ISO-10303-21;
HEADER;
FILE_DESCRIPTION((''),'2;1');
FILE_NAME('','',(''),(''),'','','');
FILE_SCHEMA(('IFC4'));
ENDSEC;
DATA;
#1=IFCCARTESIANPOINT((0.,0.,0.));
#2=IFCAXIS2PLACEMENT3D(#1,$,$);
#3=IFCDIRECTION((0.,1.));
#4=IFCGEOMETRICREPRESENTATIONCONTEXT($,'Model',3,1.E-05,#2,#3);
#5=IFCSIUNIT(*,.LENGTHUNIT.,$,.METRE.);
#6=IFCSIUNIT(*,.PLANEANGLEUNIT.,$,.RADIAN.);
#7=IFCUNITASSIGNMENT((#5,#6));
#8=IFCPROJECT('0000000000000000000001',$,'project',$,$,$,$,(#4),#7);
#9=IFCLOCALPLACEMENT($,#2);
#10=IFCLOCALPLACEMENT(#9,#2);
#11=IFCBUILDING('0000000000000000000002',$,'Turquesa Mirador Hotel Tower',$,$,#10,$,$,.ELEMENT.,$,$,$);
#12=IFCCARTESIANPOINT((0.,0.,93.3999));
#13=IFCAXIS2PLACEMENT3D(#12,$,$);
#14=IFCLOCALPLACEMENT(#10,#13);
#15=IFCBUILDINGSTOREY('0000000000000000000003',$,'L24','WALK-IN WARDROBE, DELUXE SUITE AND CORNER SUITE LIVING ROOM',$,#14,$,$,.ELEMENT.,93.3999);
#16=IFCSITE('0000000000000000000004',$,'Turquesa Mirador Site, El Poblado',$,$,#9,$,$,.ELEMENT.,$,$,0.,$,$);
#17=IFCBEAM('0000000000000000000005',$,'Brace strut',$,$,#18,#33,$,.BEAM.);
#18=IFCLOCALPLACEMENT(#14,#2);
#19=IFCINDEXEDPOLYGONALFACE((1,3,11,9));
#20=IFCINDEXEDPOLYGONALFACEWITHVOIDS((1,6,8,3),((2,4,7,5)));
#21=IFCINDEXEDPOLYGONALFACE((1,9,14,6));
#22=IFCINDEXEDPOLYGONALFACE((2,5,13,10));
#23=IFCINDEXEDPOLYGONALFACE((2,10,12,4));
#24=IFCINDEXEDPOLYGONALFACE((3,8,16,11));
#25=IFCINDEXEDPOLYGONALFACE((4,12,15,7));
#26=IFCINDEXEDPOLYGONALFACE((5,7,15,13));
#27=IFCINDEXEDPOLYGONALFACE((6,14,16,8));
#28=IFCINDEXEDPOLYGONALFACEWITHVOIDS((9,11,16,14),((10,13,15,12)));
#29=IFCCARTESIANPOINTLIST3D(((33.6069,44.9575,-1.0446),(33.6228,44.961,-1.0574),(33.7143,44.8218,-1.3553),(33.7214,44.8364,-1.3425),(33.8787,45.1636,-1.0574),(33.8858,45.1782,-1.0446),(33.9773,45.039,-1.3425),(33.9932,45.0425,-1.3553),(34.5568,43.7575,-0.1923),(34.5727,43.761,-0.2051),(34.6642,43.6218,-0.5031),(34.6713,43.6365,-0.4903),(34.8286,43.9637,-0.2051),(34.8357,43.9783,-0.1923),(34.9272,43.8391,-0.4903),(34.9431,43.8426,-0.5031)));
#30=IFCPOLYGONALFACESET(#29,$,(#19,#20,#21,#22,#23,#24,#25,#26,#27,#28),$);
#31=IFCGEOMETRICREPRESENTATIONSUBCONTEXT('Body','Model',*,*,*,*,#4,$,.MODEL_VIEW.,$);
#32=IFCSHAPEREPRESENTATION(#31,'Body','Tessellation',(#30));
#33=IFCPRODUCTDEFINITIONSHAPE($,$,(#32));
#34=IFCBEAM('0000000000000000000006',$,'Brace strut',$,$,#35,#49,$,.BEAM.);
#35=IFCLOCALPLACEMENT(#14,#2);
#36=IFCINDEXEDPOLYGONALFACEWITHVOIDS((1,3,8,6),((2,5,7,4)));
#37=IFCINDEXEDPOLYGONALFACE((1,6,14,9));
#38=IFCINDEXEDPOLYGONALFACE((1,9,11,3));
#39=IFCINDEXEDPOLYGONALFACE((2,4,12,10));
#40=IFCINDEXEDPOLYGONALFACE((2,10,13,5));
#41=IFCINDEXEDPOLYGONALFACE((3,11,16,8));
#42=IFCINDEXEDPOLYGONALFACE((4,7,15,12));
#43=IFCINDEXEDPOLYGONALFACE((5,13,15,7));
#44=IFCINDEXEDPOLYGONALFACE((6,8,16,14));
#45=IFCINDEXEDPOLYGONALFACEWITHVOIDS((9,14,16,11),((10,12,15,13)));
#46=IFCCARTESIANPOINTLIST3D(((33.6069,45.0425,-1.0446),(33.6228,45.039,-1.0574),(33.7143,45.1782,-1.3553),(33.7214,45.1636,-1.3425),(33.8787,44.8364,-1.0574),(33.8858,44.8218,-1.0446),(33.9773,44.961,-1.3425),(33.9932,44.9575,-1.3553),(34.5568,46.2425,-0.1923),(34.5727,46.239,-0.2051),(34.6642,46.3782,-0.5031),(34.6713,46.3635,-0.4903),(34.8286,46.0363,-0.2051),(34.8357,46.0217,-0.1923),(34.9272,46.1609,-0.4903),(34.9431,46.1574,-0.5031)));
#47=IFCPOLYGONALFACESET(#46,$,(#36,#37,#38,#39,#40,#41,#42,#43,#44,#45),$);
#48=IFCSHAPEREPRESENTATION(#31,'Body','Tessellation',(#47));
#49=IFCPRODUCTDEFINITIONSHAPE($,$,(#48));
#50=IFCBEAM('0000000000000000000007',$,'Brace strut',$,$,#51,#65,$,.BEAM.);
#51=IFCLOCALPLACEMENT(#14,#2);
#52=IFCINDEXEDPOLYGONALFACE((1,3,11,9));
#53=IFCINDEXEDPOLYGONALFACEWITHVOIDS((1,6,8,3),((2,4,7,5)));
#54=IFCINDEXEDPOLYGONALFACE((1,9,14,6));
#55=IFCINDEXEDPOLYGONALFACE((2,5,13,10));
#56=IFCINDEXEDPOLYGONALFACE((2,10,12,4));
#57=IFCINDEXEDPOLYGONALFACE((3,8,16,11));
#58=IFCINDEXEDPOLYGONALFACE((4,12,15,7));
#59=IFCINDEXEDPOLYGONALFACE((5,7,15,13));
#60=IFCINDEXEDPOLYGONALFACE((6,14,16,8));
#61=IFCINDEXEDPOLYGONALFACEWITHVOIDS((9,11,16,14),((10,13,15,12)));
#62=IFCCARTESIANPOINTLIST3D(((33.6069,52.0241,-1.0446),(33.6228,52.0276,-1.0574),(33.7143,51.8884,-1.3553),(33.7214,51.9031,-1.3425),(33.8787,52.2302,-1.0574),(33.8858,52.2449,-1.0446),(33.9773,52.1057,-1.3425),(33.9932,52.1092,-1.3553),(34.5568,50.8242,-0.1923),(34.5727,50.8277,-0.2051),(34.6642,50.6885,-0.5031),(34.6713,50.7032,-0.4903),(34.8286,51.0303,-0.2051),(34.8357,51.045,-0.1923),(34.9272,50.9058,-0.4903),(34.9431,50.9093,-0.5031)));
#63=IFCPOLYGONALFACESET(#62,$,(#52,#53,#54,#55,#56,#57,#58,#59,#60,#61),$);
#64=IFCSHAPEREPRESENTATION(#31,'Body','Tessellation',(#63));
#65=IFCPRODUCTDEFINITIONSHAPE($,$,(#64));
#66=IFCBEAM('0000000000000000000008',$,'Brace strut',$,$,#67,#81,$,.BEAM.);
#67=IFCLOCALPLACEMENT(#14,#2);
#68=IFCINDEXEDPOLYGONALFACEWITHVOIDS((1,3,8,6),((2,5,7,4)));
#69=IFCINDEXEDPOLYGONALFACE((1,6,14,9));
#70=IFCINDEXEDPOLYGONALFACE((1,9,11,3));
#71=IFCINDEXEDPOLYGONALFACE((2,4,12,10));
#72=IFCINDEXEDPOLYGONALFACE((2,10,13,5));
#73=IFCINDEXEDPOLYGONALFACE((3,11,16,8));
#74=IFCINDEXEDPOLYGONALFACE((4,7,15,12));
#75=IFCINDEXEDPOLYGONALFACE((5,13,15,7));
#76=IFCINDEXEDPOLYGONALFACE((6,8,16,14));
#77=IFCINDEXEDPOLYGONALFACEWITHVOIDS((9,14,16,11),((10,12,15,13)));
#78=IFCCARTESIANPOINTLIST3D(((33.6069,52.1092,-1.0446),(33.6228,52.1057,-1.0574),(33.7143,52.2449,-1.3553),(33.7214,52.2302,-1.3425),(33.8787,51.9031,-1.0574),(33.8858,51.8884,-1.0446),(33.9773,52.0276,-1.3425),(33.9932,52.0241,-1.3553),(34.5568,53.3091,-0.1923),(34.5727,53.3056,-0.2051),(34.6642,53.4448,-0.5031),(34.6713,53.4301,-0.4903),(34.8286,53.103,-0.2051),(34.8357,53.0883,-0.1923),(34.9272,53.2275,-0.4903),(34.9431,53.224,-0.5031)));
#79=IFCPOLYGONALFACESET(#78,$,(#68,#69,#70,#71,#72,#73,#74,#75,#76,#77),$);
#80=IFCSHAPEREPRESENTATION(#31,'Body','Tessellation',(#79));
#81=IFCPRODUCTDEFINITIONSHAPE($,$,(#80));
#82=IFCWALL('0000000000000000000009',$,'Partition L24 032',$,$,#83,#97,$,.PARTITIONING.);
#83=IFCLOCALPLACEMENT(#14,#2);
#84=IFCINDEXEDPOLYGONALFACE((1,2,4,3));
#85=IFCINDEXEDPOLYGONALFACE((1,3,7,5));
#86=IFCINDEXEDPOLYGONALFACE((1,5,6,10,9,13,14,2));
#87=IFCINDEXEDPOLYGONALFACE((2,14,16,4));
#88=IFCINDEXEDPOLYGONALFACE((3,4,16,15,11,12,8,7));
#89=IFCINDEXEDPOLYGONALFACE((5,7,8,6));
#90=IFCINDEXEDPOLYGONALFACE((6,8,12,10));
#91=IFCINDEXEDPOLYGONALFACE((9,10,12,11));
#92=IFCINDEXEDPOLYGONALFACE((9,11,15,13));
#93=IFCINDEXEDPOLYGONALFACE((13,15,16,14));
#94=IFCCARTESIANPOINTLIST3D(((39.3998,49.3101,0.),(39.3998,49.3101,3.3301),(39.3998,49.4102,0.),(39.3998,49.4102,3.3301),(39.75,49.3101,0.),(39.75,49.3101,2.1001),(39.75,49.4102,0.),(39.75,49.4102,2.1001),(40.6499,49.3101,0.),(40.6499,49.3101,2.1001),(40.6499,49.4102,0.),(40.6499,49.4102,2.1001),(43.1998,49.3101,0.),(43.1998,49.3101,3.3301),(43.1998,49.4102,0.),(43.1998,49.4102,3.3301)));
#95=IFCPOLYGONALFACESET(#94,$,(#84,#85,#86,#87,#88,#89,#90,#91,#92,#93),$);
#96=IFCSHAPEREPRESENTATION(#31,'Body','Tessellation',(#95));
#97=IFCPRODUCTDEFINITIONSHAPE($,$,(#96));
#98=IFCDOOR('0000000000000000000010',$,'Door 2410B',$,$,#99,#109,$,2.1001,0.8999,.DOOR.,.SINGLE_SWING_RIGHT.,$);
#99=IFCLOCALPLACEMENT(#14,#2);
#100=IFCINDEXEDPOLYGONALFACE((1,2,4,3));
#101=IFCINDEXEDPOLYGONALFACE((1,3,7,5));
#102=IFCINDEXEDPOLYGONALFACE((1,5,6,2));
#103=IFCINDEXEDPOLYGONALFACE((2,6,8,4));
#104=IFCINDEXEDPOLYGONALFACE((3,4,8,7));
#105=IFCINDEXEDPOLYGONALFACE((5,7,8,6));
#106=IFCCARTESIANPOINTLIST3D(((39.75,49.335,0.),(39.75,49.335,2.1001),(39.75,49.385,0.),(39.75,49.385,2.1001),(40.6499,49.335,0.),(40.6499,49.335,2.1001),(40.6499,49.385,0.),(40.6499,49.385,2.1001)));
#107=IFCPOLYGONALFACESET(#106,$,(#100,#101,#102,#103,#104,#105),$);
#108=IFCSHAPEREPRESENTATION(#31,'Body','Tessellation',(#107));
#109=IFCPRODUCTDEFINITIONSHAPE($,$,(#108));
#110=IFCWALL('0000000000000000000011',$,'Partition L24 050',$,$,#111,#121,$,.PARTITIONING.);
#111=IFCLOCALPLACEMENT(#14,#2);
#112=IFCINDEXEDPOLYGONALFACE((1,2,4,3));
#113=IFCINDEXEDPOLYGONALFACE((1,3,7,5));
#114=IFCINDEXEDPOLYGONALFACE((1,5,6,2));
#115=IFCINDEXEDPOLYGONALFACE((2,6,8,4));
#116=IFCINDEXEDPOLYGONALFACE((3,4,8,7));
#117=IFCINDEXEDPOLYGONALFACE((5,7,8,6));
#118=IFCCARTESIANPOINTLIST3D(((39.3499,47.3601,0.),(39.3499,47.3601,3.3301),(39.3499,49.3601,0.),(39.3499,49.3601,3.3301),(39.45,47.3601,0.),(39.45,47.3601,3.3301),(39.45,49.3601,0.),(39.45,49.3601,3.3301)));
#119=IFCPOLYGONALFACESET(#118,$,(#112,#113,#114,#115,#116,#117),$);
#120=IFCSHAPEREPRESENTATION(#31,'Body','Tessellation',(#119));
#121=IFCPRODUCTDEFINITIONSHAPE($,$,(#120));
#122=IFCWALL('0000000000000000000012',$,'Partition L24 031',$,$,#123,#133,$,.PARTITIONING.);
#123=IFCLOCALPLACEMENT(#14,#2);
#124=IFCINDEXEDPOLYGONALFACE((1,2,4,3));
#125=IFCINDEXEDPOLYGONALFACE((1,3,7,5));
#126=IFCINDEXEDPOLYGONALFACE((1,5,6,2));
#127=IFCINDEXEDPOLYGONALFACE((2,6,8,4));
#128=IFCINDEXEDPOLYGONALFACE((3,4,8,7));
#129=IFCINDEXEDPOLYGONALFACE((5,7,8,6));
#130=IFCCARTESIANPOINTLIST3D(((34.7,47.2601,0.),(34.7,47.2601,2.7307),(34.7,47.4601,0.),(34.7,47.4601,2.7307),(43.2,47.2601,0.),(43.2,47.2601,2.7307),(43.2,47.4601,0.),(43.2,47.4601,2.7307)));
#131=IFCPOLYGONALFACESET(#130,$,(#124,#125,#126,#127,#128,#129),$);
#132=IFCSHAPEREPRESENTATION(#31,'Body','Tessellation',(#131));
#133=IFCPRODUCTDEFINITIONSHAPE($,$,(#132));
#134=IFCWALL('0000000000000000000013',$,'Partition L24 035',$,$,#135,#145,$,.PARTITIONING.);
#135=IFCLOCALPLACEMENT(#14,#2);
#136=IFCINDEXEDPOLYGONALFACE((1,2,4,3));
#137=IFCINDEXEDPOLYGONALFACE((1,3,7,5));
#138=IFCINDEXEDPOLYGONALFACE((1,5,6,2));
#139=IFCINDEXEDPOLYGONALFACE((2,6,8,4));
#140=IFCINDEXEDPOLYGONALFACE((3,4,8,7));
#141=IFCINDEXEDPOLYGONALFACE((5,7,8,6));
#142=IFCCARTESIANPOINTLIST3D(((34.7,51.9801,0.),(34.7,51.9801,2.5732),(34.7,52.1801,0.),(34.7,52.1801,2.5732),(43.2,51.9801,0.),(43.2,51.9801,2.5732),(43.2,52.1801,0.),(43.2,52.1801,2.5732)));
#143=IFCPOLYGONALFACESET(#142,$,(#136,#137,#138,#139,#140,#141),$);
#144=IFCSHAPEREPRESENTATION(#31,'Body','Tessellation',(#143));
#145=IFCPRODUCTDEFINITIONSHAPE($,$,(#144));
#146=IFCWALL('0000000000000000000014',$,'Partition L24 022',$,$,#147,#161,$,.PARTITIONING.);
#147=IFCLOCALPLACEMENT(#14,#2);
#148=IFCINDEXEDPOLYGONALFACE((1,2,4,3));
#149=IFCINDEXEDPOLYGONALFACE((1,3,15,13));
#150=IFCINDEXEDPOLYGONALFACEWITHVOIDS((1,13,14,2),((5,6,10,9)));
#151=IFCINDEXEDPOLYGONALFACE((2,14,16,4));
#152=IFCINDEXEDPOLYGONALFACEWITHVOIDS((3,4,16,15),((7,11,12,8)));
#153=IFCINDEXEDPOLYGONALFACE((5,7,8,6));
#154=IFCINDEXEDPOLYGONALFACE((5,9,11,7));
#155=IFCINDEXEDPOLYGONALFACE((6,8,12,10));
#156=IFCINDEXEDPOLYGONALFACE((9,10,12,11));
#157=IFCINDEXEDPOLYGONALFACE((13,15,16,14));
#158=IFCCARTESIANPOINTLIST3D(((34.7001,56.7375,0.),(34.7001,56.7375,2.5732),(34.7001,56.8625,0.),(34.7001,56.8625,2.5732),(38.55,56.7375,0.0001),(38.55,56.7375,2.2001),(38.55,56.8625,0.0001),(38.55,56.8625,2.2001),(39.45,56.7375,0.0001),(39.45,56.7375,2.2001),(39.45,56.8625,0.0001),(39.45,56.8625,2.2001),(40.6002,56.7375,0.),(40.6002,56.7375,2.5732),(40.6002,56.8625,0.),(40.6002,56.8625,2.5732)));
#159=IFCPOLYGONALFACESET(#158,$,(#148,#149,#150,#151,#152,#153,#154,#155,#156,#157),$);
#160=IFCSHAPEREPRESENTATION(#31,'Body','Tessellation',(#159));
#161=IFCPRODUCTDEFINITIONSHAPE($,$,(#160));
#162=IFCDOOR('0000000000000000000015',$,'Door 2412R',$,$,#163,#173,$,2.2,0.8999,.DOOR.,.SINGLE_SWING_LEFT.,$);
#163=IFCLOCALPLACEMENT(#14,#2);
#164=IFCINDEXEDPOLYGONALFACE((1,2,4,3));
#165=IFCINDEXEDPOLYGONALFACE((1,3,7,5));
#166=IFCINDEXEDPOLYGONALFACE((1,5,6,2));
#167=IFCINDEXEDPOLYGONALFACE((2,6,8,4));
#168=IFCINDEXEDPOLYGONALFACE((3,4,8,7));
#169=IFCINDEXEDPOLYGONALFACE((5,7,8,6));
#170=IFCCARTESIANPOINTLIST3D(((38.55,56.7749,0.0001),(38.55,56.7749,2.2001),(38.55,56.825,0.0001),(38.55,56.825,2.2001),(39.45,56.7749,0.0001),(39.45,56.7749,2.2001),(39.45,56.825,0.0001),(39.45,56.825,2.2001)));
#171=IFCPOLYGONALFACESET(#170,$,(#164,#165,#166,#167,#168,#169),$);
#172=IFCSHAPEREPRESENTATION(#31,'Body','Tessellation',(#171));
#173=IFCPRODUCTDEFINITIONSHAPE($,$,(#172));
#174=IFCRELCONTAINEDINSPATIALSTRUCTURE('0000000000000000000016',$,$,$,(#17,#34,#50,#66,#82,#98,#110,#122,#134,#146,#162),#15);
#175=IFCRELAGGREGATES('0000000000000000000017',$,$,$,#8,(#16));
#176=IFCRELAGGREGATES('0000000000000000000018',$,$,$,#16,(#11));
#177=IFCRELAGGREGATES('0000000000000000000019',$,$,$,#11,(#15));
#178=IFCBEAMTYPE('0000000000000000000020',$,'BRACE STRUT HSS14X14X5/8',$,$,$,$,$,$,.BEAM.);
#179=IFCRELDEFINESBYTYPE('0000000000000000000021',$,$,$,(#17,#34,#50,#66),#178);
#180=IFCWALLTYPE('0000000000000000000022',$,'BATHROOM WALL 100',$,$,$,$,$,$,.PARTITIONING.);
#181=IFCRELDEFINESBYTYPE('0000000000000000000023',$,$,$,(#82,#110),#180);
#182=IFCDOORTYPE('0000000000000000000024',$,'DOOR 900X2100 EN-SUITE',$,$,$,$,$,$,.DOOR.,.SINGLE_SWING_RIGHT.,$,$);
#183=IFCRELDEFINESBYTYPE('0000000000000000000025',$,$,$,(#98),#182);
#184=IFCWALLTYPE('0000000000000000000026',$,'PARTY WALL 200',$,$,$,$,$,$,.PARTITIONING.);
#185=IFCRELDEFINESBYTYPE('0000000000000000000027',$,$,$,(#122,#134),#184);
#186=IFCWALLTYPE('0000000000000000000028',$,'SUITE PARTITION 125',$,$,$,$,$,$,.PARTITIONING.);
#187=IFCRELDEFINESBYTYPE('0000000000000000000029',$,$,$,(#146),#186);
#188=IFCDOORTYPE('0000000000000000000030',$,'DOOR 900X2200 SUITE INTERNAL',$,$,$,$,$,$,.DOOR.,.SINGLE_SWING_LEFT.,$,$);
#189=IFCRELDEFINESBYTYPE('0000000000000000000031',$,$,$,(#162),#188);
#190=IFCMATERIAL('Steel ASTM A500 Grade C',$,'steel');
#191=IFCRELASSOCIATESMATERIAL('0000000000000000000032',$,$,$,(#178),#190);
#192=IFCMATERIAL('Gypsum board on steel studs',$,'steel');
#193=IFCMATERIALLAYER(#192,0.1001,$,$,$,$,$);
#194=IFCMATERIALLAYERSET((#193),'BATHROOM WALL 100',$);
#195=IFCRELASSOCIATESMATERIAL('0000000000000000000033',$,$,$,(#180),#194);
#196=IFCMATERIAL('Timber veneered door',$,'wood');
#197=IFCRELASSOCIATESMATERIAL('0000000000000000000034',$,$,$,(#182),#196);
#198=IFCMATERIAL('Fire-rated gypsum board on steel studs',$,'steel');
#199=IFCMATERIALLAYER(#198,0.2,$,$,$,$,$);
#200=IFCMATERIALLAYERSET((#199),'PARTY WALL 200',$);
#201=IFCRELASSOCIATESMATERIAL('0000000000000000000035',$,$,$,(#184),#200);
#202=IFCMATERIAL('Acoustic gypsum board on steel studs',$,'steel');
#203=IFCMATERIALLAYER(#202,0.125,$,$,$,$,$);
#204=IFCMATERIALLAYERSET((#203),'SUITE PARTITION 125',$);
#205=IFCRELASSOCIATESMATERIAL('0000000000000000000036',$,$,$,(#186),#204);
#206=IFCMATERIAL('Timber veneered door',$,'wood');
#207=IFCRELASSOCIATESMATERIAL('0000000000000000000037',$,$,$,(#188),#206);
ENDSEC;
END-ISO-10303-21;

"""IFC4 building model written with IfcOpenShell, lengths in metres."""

from ifc_helpers import new_model, si_unit, direction, frame, frame_2d, origin, origin_2d, place, context, subcontext, project, spatial, rectangle, hollow_rectangle, extrude, material, layer, layer_set, material_profile, profile_set, type_object, element, fill, save


model = new_model("IFC4")

# Units and contexts
model_context = context("Model", 3, precision=1e-05, world=origin(), true_north=direction((0.0, 1.0)))
body_context = subcontext(model_context, "Body", "Model", "MODEL_VIEW")
ifc_project = project(units=[si_unit("LENGTHUNIT", "METRE"), si_unit("PLANEANGLEUNIT", "RADIAN")], contexts=[model_context])

# Site, building, storey
site_placement = place(None, origin())
site = spatial("IfcSite", under=ifc_project, at=site_placement, Name="Turquesa Mirador Site, El Poblado", CompositionType="ELEMENT", RefElevation=0.0)
building_placement = place(site_placement, origin())
building = spatial("IfcBuilding", under=site, at=building_placement, Name="Turquesa Mirador Hotel Tower", CompositionType="ELEMENT")
storey_placement = place(building_placement, frame((0.0, 0.0, 93.3999)))
storey = spatial("IfcBuildingStorey", under=building, at=storey_placement, Name="L24", Description="WALK-IN WARDROBE, DELUXE SUITE AND CORNER SUITE LIVING ROOM", CompositionType="ELEMENT", Elevation=93.3999)

# Beams
ifc_material_1 = material(Name="Steel ASTM A500 Grade C", Category="steel")
ifc_material_profile_1 = material_profile(ifc_material_1, hollow_rectangle(XDim=0.3557, YDim=0.3557, WallThickness=0.0146, at=origin_2d()), Name="HSS14X14X5/8")
ifc_profile_set_1 = profile_set([ifc_material_profile_1], Name="Steel ASTM A500 Grade C")
beam_type_1 = type_object("IfcBeamType", Name="BRACE STRUT HSS14X14X5/8", PredefinedType="BEAM", material=ifc_profile_set_1)
for number, where, z_axis, x_axis, name in (
    (1, (33.8, 45.0, -1.2), (0.542281, -0.684994, 0.486534), (0.784049, 0.620699, 0.0), "Brace strut"),
    (2, (33.8, 45.0, -1.2), (0.542281, 0.684994, 0.486534), (-0.784049, 0.620699, 0.0), "Brace strut"),
    (3, (33.8, 52.0667, -1.2), (0.542281, -0.684994, 0.486534), (0.784049, 0.620699, 0.0), "Brace strut"),
    (4, (33.8, 52.0667, -1.2), (0.542281, 0.684994, 0.486534), (-0.784049, 0.620699, 0.0), "Brace strut"),
):
    element("IfcBeam", number, at=place(storey_placement, frame(where, z_axis=z_axis, x_axis=x_axis)), inside=storey, type_object=beam_type_1, Name=name, PredefinedType="BEAM", context=body_context, shape_type="SweptSolid", body=[
        extrude(hollow_rectangle(XDim=0.3557, YDim=0.3557, WallThickness=0.0146, at=origin_2d()), origin(), (0.0, 0.0, 1.0), 1.7517),
    ])

# Wall, opening, door
ifc_material_2 = material(Name="Gypsum board on steel studs", Category="steel")
ifc_layer_1 = layer(ifc_material_2, 0.1001)
ifc_layer_set_1 = layer_set([ifc_layer_1], Name="BATHROOM WALL 100")
wall_type_1 = type_object("IfcWallType", Name="BATHROOM WALL 100", PredefinedType="PARTITIONING", material=ifc_layer_set_1)
wall_1_placement = place(storey_placement, frame((39.3999, 49.3601, 0.0), z_axis=(0.0, 0.0, 1.0), x_axis=(1.0, 0.0, 0.0)))
wall_1 = element("IfcWall", 5, at=wall_1_placement, inside=storey, type_object=wall_type_1, Name="Partition L24 032", PredefinedType="PARTITIONING", context=body_context, shape_type="SweptSolid", body=[
    extrude(rectangle(XDim=3.8, YDim=0.1001, at=frame_2d((1.8999, 0.0))), origin(), (0.0, 0.0, 1.0), 3.3301),
])
opening_1_placement = place(wall_1_placement, frame((0.3501, 0.0, 0.0)))
opening_1 = element("IfcOpeningElement", 6, at=opening_1_placement, cuts=wall_1, PredefinedType="OPENING", context=body_context, shape_type="SweptSolid", body=[
    extrude(rectangle(XDim=0.8999, YDim=2.1001, at=frame_2d((0.45, 1.05))), frame((0.0, 0.0601, 0.0), z_axis=(0.0, -1.0, 0.0), x_axis=(1.0, 0.0, 0.0)), (0.0, 0.0, 1.0), 0.1201),
])
ifc_material_3 = material(Name="Timber veneered door", Category="wood")
door_type_1 = type_object("IfcDoorType", Name="DOOR 900X2100 EN-SUITE", OperationType="SINGLE_SWING_RIGHT", PredefinedType="DOOR", material=ifc_material_3)
door_1_placement = place(opening_1_placement, origin())
door_1 = element("IfcDoor", 7, at=door_1_placement, inside=storey, type_object=door_type_1, Name="Door 2410B", OperationType="SINGLE_SWING_RIGHT", OverallHeight=2.1001, OverallWidth=0.8999, PredefinedType="DOOR", context=body_context, shape_type="SweptSolid", body=[
    extrude(rectangle(XDim=0.8999, YDim=2.1001, at=frame_2d((0.45, 1.05))), frame((0.0, 0.0249, 0.0), z_axis=(0.0, -1.0, 0.0), x_axis=(1.0, 0.0, 0.0)), (0.0, 0.0, 1.0), 0.05),
])
fill(opening_1, door_1)

# Walls
wall_2_placement = place(storey_placement, frame((39.3999, 47.3601, 0.0), z_axis=(0.0, 0.0, 1.0), x_axis=(0.0, 1.0, 0.0)))
element("IfcWall", 8, at=wall_2_placement, inside=storey, type_object=wall_type_1, Name="Partition L24 050", PredefinedType="PARTITIONING", context=body_context, shape_type="SweptSolid", body=[
    extrude(rectangle(XDim=2.0, YDim=0.1001, at=frame_2d((1.0, 0.0))), origin(), (0.0, 0.0, 1.0), 3.3301),
])
ifc_material_4 = material(Name="Fire-rated gypsum board on steel studs", Category="steel")
ifc_layer_2 = layer(ifc_material_4, 0.2)
ifc_layer_set_2 = layer_set([ifc_layer_2], Name="PARTY WALL 200")
wall_type_2 = type_object("IfcWallType", Name="PARTY WALL 200", PredefinedType="PARTITIONING", material=ifc_layer_set_2)
wall_3_placement = place(storey_placement, frame((34.7, 47.3601, 0.0), z_axis=(0.0, 0.0, 1.0), x_axis=(1.0, 0.0, 0.0)))
element("IfcWall", 9, at=wall_3_placement, inside=storey, type_object=wall_type_2, Name="Partition L24 031", PredefinedType="PARTITIONING", context=body_context, shape_type="SweptSolid", body=[
    extrude(rectangle(XDim=8.5, YDim=0.2, at=frame_2d((4.25, 0.0))), origin(), (0.0, 0.0, 1.0), 2.7307),
])
wall_4_placement = place(storey_placement, frame((34.7, 52.0801, 0.0), z_axis=(0.0, 0.0, 1.0), x_axis=(1.0, 0.0, 0.0)))
element("IfcWall", 10, at=wall_4_placement, inside=storey, type_object=wall_type_2, Name="Partition L24 035", PredefinedType="PARTITIONING", context=body_context, shape_type="SweptSolid", body=[
    extrude(rectangle(XDim=8.5, YDim=0.2, at=frame_2d((4.25, 0.0))), origin(), (0.0, 0.0, 1.0), 2.5732),
])

# Wall, opening, door
ifc_material_5 = material(Name="Acoustic gypsum board on steel studs", Category="steel")
ifc_layer_3 = layer(ifc_material_5, 0.125)
ifc_layer_set_3 = layer_set([ifc_layer_3], Name="SUITE PARTITION 125")
wall_type_3 = type_object("IfcWallType", Name="SUITE PARTITION 125", PredefinedType="PARTITIONING", material=ifc_layer_set_3)
wall_5_placement = place(storey_placement, frame((34.7, 56.8, 0.0), z_axis=(0.0, 0.0, 1.0), x_axis=(1.0, 0.0, 0.0)))
wall_5 = element("IfcWall", 11, at=wall_5_placement, inside=storey, type_object=wall_type_3, Name="Partition L24 022", PredefinedType="PARTITIONING", context=body_context, shape_type="SweptSolid", body=[
    extrude(rectangle(XDim=5.9001, YDim=0.125, at=frame_2d((2.9502, 0.0))), origin(), (0.0, 0.0, 1.0), 2.5732),
])
opening_2_placement = place(wall_5_placement, frame((3.8501, 0.0, 0.0)))
opening_2 = element("IfcOpeningElement", 12, at=opening_2_placement, cuts=wall_5, PredefinedType="OPENING", context=body_context, shape_type="SweptSolid", body=[
    extrude(rectangle(XDim=0.8999, YDim=2.2, at=frame_2d((0.45, 1.1001))), frame((0.0, 0.0725, 0.0), z_axis=(0.0, -1.0, 0.0), x_axis=(1.0, 0.0, 0.0)), (0.0, 0.0, 1.0), 0.145),
])
ifc_material_6 = material(Name="Timber veneered door", Category="wood")
door_type_2 = type_object("IfcDoorType", Name="DOOR 900X2200 SUITE INTERNAL", OperationType="SINGLE_SWING_LEFT", PredefinedType="DOOR", material=ifc_material_6)
door_2_placement = place(opening_2_placement, origin())
door_2 = element("IfcDoor", 13, at=door_2_placement, inside=storey, type_object=door_type_2, Name="Door 2412R", OperationType="SINGLE_SWING_LEFT", OverallHeight=2.2, OverallWidth=0.8999, PredefinedType="DOOR", context=body_context, shape_type="SweptSolid", body=[
    extrude(rectangle(XDim=0.8999, YDim=2.2, at=frame_2d((0.45, 1.1001))), frame((0.0, 0.0249, 0.0), z_axis=(0.0, -1.0, 0.0), x_axis=(1.0, 0.0, 0.0)), (0.0, 0.0, 1.0), 0.05),
])
fill(opening_2, door_2)

save(model, "model.ifc")
